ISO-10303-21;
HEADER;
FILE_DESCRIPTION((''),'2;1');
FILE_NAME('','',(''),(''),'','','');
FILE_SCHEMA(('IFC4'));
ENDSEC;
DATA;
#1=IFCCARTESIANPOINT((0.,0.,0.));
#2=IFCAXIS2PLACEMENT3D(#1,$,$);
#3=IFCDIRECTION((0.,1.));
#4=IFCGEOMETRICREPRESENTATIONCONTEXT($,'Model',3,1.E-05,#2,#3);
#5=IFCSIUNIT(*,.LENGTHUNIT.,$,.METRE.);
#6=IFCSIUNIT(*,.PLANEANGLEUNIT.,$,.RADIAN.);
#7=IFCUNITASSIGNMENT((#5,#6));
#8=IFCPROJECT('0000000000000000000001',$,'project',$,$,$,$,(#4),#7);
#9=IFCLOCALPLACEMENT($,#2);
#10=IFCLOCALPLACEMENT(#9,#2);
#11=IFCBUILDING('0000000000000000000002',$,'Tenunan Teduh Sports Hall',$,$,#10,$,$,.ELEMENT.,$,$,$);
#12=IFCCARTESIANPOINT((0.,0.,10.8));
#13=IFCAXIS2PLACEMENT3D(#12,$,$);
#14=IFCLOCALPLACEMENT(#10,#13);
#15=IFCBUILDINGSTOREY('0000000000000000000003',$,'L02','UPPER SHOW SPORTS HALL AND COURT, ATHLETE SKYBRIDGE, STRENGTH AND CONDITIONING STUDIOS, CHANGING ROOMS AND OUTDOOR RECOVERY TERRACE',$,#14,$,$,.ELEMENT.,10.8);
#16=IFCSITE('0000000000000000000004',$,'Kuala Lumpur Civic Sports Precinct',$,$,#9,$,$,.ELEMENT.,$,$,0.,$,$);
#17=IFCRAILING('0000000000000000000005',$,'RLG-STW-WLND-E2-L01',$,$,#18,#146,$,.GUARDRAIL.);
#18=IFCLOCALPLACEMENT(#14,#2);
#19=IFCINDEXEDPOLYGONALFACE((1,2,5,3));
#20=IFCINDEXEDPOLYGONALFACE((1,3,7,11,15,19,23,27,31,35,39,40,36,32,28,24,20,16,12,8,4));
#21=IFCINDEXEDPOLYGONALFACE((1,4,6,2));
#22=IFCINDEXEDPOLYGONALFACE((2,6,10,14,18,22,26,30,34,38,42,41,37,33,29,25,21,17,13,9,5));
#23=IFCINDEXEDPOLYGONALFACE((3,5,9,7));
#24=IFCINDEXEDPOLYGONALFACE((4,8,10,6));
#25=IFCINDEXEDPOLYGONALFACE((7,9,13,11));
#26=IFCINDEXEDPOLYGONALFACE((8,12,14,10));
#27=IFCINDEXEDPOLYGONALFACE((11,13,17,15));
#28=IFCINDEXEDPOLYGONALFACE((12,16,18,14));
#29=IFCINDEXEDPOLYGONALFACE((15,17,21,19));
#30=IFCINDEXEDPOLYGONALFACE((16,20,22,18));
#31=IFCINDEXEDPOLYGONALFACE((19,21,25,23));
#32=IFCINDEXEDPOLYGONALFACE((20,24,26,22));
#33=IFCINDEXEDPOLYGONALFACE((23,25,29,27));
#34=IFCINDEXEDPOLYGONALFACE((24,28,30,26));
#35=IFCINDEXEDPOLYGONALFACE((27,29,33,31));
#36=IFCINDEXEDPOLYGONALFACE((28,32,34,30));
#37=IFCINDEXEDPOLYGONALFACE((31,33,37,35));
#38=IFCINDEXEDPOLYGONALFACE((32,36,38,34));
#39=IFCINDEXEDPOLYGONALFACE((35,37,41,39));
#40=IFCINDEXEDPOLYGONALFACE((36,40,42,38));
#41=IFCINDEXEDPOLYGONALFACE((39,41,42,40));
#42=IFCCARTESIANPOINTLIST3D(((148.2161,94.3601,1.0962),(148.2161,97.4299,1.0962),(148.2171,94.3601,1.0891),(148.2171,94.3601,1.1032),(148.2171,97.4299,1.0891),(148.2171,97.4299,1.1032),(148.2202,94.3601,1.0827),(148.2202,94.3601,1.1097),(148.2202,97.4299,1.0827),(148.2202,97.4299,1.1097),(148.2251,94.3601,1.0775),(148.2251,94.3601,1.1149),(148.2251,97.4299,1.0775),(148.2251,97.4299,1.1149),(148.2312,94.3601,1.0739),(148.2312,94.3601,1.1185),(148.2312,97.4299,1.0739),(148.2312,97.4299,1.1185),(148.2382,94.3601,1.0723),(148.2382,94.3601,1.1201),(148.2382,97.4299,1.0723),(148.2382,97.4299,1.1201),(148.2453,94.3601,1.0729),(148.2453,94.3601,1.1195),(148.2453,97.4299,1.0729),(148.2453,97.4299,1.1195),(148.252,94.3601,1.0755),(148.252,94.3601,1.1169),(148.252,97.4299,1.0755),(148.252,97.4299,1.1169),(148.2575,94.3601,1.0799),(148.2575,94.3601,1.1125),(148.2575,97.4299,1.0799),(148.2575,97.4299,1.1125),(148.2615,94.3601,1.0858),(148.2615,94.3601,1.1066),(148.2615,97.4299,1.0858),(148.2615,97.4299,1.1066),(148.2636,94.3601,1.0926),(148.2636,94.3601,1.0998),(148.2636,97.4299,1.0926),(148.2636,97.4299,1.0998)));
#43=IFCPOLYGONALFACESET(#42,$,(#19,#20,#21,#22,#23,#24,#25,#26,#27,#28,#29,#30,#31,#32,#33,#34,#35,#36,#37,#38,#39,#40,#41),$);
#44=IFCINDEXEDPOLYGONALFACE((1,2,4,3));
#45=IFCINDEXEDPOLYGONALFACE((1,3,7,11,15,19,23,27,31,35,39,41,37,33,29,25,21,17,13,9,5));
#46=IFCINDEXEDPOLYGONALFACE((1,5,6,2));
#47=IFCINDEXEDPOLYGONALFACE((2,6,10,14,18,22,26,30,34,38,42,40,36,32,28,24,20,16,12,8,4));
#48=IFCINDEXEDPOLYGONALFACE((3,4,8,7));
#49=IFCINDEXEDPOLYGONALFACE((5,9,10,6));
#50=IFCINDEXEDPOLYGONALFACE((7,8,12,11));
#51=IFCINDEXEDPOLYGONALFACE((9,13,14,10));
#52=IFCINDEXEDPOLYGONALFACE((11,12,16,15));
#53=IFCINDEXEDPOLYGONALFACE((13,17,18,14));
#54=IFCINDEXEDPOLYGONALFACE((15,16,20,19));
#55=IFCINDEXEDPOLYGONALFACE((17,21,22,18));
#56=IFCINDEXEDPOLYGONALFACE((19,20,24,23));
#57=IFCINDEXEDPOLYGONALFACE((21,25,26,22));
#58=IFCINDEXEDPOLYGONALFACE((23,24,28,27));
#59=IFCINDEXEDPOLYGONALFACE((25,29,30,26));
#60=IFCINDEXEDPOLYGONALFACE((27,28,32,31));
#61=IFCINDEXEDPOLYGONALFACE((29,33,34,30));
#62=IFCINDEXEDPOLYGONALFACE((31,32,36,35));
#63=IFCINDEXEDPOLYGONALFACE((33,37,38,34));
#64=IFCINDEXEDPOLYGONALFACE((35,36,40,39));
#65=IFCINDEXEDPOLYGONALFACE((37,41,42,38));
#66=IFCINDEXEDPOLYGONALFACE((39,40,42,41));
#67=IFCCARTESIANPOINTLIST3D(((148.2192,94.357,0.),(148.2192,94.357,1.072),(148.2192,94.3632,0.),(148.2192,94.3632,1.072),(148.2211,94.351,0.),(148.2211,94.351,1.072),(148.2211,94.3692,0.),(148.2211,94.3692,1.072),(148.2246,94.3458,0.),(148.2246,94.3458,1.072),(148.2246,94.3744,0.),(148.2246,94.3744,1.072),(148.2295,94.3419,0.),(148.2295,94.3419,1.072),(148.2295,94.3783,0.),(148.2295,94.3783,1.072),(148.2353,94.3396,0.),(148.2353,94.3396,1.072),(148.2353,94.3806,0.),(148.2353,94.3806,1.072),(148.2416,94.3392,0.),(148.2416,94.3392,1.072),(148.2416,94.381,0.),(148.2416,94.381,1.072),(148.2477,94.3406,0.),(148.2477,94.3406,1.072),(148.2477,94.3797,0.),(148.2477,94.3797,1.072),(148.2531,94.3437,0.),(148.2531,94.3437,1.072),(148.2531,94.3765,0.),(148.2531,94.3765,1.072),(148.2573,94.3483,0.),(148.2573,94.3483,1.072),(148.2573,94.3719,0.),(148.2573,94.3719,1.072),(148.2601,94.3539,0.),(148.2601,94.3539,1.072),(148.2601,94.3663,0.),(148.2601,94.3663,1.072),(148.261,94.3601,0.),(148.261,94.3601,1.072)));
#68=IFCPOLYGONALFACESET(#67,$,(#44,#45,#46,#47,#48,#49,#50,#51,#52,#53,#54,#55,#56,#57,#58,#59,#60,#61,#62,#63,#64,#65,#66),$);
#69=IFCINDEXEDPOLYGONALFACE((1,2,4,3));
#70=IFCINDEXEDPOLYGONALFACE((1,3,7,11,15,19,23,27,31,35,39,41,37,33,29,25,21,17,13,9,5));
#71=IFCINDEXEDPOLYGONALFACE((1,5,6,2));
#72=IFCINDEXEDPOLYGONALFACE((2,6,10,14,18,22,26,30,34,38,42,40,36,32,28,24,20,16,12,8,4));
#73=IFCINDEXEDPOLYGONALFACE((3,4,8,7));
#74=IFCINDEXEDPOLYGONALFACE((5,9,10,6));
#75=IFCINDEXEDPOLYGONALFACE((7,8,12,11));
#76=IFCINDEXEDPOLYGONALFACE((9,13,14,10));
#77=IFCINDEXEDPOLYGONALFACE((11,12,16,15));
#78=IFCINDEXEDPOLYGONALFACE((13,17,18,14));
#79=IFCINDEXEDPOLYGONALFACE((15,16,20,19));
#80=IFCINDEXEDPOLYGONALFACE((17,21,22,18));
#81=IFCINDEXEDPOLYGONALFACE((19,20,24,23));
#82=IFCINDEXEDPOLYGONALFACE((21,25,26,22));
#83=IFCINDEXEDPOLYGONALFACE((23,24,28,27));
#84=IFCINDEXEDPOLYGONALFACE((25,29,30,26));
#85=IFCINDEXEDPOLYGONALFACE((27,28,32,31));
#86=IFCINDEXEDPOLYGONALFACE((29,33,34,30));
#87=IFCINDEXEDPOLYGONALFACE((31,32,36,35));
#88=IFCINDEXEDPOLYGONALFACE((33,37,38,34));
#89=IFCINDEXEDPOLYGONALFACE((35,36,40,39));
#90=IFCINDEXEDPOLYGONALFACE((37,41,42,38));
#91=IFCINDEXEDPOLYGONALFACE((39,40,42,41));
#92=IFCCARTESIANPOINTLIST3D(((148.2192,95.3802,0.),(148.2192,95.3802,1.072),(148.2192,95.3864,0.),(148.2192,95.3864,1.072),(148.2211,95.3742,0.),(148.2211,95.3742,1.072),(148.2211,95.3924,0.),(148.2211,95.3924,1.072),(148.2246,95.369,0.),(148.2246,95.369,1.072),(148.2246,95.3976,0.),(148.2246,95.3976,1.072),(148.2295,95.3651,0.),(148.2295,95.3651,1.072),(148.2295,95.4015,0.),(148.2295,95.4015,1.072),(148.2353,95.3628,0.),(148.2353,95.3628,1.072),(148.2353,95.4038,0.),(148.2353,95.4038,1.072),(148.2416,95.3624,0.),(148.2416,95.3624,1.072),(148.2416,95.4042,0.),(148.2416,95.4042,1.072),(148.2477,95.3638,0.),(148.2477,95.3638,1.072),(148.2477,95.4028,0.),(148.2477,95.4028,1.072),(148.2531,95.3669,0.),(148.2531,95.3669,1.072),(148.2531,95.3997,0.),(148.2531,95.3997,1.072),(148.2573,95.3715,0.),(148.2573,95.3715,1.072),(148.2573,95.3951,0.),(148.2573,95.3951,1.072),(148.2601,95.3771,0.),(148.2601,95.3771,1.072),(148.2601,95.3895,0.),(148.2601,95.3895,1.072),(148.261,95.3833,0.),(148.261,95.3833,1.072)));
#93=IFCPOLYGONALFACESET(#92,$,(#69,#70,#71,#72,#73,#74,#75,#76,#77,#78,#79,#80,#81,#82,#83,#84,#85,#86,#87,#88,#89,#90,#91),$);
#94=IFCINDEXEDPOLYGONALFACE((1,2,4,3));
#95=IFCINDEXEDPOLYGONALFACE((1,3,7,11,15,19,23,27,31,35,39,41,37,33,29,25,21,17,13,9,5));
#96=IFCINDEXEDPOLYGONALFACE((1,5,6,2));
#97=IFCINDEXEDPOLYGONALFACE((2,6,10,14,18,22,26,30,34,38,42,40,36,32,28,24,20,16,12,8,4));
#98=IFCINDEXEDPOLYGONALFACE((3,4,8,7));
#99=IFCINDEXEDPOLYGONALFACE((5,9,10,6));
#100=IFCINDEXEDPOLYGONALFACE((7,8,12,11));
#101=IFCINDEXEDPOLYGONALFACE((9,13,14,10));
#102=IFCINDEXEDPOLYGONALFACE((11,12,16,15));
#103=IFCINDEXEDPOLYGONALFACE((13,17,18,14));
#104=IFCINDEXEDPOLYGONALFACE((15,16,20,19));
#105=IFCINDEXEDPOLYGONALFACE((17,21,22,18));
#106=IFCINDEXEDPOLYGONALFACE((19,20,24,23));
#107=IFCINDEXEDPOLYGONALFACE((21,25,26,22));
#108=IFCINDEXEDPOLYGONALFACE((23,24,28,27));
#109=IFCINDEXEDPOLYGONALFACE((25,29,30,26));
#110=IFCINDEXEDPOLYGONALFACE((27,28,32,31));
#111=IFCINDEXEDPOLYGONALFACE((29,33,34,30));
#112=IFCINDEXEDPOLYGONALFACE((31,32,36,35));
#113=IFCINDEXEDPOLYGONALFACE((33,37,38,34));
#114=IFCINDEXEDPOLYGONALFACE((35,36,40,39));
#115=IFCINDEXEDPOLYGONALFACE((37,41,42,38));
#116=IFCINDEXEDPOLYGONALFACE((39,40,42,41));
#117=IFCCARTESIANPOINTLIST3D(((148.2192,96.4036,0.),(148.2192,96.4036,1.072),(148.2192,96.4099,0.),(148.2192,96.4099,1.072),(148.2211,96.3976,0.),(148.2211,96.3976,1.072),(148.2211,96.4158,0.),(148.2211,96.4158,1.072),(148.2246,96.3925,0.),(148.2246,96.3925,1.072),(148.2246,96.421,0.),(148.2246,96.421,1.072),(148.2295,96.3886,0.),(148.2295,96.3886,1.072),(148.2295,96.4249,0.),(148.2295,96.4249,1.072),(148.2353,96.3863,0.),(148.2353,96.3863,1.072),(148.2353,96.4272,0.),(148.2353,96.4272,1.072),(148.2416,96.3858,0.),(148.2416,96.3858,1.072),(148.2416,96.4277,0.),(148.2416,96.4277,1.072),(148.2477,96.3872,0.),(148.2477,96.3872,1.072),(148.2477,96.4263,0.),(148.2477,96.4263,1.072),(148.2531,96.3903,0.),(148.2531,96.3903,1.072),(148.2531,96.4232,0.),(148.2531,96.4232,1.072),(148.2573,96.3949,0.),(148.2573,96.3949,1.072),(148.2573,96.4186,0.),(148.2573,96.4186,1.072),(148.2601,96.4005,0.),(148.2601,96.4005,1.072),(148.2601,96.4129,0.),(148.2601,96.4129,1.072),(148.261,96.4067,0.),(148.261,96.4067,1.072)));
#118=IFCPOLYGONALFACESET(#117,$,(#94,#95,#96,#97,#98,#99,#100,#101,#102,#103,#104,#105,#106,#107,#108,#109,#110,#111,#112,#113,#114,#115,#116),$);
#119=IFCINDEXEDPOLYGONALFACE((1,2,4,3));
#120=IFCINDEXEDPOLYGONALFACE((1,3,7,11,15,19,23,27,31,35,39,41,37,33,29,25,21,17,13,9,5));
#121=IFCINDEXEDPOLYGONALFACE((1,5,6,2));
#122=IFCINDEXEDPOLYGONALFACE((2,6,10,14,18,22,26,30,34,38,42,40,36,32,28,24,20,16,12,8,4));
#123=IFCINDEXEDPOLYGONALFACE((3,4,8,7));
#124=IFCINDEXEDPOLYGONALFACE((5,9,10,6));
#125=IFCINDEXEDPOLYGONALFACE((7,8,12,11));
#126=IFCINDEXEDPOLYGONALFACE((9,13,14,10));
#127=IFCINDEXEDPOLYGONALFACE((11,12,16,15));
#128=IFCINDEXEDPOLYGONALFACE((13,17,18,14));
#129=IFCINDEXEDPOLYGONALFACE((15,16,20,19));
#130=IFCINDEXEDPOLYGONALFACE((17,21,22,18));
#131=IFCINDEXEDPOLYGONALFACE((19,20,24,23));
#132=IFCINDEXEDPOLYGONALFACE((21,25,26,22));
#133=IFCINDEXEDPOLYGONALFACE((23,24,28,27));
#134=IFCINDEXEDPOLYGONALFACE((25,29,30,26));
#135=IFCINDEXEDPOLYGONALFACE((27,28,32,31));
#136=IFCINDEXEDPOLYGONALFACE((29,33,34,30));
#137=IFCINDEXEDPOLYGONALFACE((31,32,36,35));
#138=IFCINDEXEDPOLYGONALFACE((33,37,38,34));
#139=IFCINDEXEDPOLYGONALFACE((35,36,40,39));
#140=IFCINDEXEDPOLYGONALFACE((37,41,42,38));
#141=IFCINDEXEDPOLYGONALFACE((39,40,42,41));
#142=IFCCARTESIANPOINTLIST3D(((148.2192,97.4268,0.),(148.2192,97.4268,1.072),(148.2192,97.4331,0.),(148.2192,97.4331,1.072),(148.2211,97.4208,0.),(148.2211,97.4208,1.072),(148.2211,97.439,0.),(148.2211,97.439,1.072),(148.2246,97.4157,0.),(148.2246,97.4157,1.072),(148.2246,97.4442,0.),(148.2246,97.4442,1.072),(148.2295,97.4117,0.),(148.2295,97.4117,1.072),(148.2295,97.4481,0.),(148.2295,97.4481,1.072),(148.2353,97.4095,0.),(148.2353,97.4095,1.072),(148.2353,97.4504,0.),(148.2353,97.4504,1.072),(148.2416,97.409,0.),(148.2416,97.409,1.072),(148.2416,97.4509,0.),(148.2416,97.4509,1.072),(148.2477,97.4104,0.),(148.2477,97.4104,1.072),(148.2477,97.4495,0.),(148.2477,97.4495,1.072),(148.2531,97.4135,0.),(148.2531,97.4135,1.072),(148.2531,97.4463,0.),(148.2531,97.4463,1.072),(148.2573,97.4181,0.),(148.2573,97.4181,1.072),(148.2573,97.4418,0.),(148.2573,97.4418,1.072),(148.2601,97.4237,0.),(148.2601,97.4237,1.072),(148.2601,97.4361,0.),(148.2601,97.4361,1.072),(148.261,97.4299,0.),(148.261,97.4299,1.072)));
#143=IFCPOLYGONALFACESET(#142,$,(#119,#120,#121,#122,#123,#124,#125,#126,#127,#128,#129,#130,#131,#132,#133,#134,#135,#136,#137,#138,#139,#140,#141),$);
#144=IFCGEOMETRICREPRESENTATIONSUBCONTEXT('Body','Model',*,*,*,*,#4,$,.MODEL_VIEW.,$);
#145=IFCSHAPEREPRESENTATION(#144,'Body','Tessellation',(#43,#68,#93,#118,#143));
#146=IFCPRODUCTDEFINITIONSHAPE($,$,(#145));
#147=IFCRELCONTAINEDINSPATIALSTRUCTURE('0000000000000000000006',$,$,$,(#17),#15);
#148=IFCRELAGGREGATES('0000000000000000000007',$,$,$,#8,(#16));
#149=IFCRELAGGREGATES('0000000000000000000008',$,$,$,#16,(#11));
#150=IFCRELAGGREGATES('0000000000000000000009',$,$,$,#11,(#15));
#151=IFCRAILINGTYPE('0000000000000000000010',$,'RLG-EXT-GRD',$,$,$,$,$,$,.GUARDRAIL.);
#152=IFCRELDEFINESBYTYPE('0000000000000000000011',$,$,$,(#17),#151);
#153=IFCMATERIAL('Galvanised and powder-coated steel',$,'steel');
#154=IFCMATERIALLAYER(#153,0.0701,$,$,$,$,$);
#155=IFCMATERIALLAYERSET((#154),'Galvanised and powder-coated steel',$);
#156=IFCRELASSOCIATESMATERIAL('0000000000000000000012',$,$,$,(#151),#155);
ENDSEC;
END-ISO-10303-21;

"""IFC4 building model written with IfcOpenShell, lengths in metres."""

from ifc_helpers import new_model, si_unit, direction, frame, origin, origin_2d, place, context, subcontext, project, spatial, circle, extrude, material, layer, layer_set, type_object, element, save


model = new_model("IFC4")

# Units and contexts
model_context = context("Model", 3, precision=1e-05, world=origin(), true_north=direction((0.0, 1.0)))
body_context = subcontext(model_context, "Body", "Model", "MODEL_VIEW")
ifc_project = project(units=[si_unit("LENGTHUNIT", "METRE"), si_unit("PLANEANGLEUNIT", "RADIAN")], contexts=[model_context])

# Site, building, storey
site_placement = place(None, origin())
site = spatial("IfcSite", under=ifc_project, at=site_placement, Name="Kuala Lumpur Civic Sports Precinct", CompositionType="ELEMENT", RefElevation=0.0)
building_placement = place(site_placement, origin())
building = spatial("IfcBuilding", under=site, at=building_placement, Name="Tenunan Teduh Sports Hall", CompositionType="ELEMENT")
storey_placement = place(building_placement, frame((0.0, 0.0, 10.8)))
storey = spatial("IfcBuildingStorey", under=building, at=storey_placement, Name="L02", Description="UPPER SHOW SPORTS HALL AND COURT, ATHLETE SKYBRIDGE, STRENGTH AND CONDITIONING STUDIOS, CHANGING ROOMS AND OUTDOOR RECOVERY TERRACE", CompositionType="ELEMENT", Elevation=10.8)

# Railing
ifc_material_1 = material(Name="Galvanised and powder-coated steel", Category="steel")
ifc_layer_1 = layer(ifc_material_1, 0.0701)
ifc_layer_set_1 = layer_set([ifc_layer_1], Name="Galvanised and powder-coated steel")
railing_type = type_object("IfcRailingType", Name="RLG-EXT-GRD", PredefinedType="GUARDRAIL", material=ifc_layer_set_1)
railing_1_placement = place(storey_placement, frame((148.24, 94.3601, 0.0)))
element("IfcRailing", 1, at=railing_1_placement, inside=storey, type_object=railing_type, Name="RLG-STW-WLND-E2-L01", PredefinedType="GUARDRAIL", context=body_context, shape_type="SweptSolid", body=[
    extrude(circle(Radius=0.0239, at=origin_2d()), frame((0.0, 0.0, 1.0962), z_axis=(0.0, 1.0, 0.0), x_axis=(-1.0, 0.0, 0.0)), (0.0, 0.0, 1.0), 3.0698),
    extrude(circle(Radius=0.021, at=origin_2d()), origin(), (0.0, 0.0, 1.0), 1.072),
    extrude(circle(Radius=0.021, at=origin_2d()), frame((0.0, 1.0232, 0.0)), (0.0, 0.0, 1.0), 1.072),
    extrude(circle(Radius=0.021, at=origin_2d()), frame((0.0, 2.0466, 0.0)), (0.0, 0.0, 1.0), 1.072),
    extrude(circle(Radius=0.021, at=origin_2d()), frame((0.0, 3.0698, 0.0)), (0.0, 0.0, 1.0), 1.072),
])

save(model, "model.ifc")
